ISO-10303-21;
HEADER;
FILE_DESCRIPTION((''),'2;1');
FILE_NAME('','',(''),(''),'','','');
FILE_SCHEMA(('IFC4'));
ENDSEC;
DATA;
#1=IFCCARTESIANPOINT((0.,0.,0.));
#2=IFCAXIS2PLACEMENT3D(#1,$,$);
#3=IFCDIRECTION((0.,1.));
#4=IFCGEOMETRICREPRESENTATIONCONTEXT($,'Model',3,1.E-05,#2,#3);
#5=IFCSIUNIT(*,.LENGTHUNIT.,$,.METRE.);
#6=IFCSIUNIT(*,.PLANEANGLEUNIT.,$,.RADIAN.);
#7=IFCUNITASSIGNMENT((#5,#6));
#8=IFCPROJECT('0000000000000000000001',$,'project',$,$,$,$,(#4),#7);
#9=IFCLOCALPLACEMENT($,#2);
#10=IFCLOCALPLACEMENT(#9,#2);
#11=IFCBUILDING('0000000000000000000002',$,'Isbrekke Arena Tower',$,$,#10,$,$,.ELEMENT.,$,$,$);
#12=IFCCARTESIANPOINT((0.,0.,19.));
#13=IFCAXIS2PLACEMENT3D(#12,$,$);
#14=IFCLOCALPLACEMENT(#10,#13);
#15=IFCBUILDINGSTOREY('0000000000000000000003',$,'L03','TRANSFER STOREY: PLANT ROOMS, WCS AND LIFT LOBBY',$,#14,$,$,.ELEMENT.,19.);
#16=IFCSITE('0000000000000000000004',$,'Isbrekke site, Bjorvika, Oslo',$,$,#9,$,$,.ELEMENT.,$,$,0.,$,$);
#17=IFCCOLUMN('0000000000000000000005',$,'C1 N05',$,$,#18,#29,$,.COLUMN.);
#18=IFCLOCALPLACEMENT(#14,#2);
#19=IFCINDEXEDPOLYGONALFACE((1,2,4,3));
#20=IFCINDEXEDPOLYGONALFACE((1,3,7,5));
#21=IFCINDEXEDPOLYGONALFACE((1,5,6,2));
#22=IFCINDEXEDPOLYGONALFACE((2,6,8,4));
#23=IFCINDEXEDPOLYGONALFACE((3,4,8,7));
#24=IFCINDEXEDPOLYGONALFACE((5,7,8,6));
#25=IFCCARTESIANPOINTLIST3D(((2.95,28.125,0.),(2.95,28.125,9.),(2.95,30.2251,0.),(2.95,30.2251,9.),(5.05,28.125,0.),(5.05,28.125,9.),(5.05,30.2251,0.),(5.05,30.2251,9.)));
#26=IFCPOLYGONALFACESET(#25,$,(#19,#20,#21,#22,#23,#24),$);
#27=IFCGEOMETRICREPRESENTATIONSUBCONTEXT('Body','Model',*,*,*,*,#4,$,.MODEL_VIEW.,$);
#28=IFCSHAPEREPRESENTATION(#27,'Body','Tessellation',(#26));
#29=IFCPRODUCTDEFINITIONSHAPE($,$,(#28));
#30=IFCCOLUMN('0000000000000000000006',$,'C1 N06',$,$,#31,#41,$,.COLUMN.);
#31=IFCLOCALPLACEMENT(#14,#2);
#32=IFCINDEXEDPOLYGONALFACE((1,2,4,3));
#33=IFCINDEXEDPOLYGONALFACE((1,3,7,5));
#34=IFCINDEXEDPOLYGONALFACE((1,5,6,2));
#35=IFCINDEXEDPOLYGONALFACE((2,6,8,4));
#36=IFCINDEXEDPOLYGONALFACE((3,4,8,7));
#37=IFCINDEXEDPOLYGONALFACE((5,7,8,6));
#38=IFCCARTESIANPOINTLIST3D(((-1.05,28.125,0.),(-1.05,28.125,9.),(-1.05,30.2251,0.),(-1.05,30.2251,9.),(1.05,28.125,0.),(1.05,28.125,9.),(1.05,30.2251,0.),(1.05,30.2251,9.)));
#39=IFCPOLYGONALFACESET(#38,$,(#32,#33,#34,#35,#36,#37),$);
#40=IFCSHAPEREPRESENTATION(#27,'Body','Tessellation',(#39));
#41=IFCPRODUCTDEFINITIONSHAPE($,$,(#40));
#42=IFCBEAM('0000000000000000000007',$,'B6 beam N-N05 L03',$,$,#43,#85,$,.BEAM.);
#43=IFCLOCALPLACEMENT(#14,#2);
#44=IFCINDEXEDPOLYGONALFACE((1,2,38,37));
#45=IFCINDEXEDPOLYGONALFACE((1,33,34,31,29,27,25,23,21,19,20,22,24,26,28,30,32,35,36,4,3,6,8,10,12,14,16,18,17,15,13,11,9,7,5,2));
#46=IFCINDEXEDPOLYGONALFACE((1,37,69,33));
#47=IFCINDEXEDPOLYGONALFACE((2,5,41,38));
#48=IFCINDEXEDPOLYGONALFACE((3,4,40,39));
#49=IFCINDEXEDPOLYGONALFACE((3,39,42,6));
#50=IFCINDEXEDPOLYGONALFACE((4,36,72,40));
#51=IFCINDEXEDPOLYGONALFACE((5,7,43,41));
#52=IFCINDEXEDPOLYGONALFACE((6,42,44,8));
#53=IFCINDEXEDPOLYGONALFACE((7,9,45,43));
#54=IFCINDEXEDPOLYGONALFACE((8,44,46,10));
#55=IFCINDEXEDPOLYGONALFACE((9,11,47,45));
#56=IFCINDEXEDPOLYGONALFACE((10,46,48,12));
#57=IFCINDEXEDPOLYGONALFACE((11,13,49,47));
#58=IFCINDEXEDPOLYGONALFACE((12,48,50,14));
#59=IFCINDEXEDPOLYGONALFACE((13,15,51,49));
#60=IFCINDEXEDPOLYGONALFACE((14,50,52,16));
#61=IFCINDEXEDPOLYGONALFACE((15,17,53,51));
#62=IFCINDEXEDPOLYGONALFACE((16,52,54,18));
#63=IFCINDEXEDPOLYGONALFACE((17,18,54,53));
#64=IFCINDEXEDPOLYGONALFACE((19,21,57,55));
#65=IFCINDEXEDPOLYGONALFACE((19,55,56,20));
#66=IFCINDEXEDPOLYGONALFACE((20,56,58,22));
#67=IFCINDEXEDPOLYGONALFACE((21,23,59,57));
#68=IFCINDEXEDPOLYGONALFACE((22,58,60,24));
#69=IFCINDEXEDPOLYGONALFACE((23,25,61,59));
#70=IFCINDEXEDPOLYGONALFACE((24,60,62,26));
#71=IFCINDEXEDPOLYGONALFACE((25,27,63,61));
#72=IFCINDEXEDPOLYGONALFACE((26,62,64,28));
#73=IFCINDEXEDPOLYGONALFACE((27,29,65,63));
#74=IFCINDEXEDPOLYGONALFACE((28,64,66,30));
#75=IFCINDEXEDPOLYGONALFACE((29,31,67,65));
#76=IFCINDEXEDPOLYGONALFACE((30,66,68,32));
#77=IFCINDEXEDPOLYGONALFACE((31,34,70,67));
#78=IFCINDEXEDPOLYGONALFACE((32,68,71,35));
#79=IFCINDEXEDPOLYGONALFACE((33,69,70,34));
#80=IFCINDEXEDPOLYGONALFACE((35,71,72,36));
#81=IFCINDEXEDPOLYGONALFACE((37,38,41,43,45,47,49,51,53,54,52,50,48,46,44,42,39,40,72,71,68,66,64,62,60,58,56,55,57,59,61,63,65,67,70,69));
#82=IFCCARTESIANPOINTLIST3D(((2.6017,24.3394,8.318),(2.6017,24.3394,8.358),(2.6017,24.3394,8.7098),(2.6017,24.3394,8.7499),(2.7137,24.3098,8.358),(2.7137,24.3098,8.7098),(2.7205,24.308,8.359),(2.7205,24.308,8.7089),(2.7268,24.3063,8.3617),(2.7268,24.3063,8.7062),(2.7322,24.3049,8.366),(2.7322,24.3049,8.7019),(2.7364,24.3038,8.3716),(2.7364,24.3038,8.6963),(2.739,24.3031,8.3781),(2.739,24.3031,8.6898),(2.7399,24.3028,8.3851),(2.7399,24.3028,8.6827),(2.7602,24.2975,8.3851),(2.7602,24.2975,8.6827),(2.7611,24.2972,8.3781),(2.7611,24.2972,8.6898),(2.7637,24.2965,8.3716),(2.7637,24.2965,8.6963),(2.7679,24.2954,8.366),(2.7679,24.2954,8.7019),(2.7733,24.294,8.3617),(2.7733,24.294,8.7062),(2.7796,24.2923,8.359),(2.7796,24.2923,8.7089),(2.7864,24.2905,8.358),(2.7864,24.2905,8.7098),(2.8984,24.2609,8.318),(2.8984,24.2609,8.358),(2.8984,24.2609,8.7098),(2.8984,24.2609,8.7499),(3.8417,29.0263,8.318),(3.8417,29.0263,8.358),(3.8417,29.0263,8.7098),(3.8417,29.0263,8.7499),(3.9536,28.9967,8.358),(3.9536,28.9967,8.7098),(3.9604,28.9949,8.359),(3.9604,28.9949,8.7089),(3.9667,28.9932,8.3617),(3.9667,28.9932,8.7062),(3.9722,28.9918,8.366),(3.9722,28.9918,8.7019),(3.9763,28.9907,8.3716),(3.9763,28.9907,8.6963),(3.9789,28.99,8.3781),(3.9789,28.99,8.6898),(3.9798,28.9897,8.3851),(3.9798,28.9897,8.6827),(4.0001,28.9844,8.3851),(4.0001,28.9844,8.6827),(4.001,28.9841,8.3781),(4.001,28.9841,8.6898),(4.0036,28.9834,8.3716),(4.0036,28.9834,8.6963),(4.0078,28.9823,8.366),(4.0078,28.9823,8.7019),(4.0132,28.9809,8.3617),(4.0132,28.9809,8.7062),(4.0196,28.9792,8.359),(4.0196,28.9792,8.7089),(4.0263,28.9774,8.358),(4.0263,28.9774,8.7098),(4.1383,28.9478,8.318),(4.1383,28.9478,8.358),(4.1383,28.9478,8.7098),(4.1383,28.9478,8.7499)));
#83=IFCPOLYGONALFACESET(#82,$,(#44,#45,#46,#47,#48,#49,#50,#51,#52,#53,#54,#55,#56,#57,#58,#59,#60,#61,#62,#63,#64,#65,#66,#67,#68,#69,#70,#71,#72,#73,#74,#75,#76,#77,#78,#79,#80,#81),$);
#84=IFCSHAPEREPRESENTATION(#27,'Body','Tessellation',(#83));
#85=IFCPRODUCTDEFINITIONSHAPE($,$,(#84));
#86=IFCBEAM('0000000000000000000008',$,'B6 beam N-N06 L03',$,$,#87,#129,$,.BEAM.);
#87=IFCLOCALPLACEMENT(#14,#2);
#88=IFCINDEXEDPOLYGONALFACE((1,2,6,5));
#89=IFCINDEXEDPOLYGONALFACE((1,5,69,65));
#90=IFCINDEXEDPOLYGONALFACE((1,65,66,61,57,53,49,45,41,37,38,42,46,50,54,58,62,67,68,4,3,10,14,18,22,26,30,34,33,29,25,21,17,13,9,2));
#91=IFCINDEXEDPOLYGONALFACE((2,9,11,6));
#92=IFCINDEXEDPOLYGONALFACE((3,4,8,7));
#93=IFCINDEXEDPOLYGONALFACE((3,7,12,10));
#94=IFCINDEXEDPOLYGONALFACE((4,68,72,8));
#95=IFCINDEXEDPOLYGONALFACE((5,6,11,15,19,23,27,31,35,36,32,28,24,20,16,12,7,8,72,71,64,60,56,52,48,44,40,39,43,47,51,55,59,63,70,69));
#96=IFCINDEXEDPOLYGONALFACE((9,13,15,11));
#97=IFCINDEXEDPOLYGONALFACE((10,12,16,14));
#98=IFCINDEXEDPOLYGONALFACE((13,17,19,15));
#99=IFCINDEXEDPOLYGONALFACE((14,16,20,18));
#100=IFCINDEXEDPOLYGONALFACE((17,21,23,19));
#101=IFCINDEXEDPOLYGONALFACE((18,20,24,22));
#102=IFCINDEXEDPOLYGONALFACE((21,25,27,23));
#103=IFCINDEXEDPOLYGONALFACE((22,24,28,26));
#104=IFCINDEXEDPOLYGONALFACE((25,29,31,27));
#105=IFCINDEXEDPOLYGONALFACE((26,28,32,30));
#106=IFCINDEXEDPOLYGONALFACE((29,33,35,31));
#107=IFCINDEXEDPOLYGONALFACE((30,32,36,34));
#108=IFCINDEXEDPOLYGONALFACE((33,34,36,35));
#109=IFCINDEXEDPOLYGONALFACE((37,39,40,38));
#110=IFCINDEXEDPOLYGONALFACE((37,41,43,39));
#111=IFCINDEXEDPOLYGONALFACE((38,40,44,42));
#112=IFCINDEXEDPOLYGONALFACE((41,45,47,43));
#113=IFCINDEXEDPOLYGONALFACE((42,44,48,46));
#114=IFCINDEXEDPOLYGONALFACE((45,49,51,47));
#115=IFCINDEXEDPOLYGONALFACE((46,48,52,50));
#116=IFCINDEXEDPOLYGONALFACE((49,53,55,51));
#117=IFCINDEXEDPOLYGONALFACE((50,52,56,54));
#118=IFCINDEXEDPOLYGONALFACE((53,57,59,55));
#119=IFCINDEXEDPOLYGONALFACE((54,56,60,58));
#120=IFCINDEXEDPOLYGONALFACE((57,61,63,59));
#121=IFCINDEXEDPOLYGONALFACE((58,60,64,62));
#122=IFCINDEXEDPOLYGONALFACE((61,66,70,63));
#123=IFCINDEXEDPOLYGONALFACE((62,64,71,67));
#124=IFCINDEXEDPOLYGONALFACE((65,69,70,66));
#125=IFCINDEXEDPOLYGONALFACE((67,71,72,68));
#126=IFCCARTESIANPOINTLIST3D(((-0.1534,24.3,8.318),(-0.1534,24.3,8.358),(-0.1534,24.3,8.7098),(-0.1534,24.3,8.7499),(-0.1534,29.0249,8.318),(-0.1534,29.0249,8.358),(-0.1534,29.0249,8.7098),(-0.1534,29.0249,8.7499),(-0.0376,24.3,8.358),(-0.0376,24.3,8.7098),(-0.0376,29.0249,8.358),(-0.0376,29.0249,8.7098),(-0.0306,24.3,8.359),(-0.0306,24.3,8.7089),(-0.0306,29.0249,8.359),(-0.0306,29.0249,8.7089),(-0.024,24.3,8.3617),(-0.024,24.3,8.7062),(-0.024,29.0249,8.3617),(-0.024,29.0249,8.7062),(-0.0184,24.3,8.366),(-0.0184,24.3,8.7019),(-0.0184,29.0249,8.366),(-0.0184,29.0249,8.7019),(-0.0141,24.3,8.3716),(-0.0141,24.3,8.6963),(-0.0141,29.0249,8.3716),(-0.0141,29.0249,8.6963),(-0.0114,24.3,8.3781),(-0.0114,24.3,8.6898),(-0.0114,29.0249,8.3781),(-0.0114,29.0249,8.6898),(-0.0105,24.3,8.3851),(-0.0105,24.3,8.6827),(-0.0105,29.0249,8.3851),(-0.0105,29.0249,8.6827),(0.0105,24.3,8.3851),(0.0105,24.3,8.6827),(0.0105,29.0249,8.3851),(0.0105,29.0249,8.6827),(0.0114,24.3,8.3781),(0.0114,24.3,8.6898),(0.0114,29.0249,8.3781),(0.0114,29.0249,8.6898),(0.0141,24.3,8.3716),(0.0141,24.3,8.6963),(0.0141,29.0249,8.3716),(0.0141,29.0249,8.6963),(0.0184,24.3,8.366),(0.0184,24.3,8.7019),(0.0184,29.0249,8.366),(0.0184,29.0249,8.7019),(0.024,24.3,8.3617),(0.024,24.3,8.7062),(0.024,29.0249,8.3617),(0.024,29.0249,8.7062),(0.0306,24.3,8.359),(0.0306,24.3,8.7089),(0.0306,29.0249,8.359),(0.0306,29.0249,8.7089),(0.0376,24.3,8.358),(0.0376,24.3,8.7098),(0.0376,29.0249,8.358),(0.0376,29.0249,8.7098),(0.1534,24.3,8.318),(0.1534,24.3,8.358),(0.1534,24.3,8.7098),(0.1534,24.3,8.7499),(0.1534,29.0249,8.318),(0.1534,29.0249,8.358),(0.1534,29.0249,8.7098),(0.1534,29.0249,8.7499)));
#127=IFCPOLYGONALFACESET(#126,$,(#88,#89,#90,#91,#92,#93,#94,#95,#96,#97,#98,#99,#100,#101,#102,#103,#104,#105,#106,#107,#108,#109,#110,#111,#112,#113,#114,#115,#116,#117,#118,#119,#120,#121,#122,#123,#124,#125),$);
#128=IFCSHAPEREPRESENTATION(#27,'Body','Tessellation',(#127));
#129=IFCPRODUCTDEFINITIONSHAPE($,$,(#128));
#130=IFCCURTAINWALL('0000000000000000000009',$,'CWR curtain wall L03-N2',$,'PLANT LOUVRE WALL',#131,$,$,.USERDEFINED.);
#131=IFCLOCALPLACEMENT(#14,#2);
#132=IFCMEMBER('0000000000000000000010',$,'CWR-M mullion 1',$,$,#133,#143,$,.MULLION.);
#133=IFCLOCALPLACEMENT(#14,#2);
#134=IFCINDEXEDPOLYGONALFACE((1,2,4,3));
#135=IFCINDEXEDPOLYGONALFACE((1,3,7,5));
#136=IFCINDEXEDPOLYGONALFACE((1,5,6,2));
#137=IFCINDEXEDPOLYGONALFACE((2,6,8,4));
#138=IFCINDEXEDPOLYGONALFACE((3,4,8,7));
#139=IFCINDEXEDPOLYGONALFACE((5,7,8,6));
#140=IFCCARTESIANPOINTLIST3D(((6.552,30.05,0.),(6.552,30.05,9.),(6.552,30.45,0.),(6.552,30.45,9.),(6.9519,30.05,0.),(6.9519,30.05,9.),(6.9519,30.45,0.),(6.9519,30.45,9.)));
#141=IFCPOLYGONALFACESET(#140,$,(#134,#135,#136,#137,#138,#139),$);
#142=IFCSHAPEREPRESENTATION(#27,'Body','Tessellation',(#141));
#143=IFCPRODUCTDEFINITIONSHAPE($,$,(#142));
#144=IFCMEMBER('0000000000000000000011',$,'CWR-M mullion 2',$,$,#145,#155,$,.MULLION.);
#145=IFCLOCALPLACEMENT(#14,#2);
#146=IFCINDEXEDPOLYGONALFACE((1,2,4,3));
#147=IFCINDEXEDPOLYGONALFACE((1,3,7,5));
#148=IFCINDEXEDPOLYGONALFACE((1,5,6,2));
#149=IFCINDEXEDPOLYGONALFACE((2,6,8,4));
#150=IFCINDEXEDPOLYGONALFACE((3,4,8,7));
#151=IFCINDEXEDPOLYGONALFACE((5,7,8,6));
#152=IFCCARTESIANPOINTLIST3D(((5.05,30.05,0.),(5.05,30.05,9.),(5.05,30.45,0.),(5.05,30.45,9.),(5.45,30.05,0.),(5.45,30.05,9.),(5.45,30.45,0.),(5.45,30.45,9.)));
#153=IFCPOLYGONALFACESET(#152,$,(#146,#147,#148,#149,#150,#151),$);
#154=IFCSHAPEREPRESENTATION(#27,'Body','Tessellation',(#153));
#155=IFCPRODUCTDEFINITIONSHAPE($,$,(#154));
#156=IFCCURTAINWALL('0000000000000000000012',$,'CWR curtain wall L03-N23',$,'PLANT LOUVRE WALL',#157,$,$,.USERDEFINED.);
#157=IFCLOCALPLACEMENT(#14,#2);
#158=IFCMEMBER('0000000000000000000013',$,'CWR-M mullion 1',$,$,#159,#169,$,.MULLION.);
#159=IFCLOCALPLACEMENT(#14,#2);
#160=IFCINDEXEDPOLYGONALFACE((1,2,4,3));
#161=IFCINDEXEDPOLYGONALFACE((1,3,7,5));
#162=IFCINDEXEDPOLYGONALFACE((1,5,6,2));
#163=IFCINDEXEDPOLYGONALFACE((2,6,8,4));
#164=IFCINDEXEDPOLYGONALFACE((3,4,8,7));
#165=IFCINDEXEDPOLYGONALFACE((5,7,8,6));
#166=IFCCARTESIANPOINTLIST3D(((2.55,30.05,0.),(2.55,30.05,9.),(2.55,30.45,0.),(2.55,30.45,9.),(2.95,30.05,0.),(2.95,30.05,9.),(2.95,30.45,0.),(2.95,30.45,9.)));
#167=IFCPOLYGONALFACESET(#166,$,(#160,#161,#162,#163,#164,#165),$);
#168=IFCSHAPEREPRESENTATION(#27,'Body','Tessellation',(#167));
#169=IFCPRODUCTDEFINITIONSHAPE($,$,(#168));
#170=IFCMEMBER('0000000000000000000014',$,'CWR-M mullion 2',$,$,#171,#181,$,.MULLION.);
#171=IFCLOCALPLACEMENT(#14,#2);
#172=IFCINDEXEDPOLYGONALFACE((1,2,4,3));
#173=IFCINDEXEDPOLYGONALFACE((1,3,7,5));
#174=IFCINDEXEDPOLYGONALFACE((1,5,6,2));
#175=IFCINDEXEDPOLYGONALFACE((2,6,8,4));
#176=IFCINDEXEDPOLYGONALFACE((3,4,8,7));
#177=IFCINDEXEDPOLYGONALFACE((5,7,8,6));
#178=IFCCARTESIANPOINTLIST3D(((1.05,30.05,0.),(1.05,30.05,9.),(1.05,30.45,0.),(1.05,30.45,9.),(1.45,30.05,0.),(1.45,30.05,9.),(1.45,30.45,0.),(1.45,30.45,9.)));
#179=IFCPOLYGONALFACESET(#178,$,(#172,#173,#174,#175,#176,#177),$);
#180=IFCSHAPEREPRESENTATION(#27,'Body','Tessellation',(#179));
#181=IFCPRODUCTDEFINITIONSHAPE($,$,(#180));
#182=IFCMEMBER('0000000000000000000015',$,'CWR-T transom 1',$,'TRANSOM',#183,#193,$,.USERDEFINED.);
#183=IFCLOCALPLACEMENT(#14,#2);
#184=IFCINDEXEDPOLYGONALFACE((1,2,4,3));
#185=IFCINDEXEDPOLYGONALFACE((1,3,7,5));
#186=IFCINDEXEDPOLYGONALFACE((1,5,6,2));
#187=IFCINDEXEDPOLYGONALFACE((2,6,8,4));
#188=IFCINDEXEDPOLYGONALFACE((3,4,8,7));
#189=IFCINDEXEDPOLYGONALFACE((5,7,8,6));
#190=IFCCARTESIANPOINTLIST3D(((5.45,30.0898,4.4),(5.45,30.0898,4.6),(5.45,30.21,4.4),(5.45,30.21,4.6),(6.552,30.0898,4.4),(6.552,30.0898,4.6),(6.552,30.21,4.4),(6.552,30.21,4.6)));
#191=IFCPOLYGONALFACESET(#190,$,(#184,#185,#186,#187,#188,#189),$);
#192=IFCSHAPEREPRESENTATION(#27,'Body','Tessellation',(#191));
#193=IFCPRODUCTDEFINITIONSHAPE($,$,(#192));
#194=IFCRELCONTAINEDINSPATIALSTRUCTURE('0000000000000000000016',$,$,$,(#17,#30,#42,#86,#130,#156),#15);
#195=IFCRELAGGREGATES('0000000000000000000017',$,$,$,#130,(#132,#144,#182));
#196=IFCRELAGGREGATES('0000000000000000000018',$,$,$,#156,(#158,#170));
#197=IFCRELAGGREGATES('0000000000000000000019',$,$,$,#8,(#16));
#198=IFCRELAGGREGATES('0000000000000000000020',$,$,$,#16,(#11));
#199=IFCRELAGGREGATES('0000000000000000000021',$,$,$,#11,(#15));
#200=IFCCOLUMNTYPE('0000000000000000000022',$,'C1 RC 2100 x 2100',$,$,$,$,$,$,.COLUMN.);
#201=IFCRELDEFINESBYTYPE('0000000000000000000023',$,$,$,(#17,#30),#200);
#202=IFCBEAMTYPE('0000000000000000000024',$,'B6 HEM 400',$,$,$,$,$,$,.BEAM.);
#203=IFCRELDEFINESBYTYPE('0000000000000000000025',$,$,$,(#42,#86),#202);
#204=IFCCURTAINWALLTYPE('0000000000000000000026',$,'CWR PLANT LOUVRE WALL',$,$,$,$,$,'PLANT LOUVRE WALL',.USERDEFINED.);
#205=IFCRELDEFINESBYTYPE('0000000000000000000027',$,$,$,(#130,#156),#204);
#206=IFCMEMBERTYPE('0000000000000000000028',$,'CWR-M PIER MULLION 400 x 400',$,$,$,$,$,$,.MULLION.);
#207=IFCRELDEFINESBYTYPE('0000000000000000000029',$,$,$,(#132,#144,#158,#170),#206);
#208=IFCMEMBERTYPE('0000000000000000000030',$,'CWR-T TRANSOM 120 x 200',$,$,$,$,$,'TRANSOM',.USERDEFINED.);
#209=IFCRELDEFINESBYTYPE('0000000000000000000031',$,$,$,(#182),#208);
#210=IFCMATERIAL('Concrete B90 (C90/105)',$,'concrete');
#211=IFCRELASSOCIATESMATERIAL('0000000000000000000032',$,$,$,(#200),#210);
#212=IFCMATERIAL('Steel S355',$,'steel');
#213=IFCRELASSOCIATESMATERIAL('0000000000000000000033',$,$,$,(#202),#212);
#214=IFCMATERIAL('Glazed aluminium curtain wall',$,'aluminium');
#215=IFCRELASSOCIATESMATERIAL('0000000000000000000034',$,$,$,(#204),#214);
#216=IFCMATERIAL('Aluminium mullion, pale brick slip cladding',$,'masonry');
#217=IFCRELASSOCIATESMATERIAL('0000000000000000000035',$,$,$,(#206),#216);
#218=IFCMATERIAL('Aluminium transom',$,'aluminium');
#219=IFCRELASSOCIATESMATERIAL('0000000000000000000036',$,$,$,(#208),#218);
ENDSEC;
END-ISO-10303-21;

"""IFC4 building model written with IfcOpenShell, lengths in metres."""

from ifc_helpers import new_model, si_unit, direction, frame, origin, origin_2d, place, context, subcontext, project, spatial, rectangle, i_section, extrude, material, material_profile, profile_set, type_object, element, aggregate, save


model = new_model("IFC4")

# Units and contexts
model_context = context("Model", 3, precision=1e-05, world=origin(), true_north=direction((0.0, 1.0)))
body_context = subcontext(model_context, "Body", "Model", "MODEL_VIEW")
ifc_project = project(units=[si_unit("LENGTHUNIT", "METRE"), si_unit("PLANEANGLEUNIT", "RADIAN")], contexts=[model_context])

# Site, building, storey
site_placement = place(None, origin())
site = spatial("IfcSite", under=ifc_project, at=site_placement, Name="Isbrekke site, Bjorvika, Oslo", CompositionType="ELEMENT", RefElevation=0.0)
building_placement = place(site_placement, origin())
building = spatial("IfcBuilding", under=site, at=building_placement, Name="Isbrekke Arena Tower", CompositionType="ELEMENT")
storey_placement = place(building_placement, frame((0.0, 0.0, 19.0)))
storey = spatial("IfcBuildingStorey", under=building, at=storey_placement, Name="L03", Description="TRANSFER STOREY: PLANT ROOMS, WCS AND LIFT LOBBY", CompositionType="ELEMENT", Elevation=19.0)

# Columns
ifc_material_1 = material(Name="Concrete B90 (C90/105)", Category="concrete")
ifc_material_profile_1 = material_profile(ifc_material_1, rectangle(XDim=2.1001, YDim=2.1001, at=origin_2d()), Name="RC 2100x2100")
ifc_profile_set_1 = profile_set([ifc_material_profile_1], Name="Concrete B90 (C90/105)")
column_type = type_object("IfcColumnType", Name="C1 RC 2100 x 2100", PredefinedType="COLUMN", material=ifc_profile_set_1)
for number, where, z_axis, x_axis, name in (
    (1, (4.0, 29.175, 0.0), (0.0, 0.0, 1.0), (-1.0, 0.0, 0.0), "C1 N05"),
    (2, (0.0, 29.175, 0.0), (0.0, 0.0, 1.0), (-1.0, 0.0, 0.0), "C1 N06"),
):
    element("IfcColumn", number, at=place(storey_placement, frame(where, z_axis=z_axis, x_axis=x_axis)), inside=storey, type_object=column_type, Name=name, PredefinedType="COLUMN", context=body_context, shape_type="SweptSolid", body=[
        extrude(rectangle(XDim=2.1001, YDim=2.1001, at=origin_2d()), origin(), (0.0, 0.0, 1.0), 9.0),
    ])

# Beams
ifc_material_2 = material(Name="Steel S355", Category="steel")
ifc_material_profile_2 = material_profile(ifc_material_2, i_section(OverallWidth=0.3069, OverallDepth=0.4319, WebThickness=0.021, FlangeThickness=0.04, FilletRadius=0.0271, at=origin_2d()), Name="HEM 400")
ifc_profile_set_2 = profile_set([ifc_material_profile_2], Name="Steel S355")
beam_type_1 = type_object("IfcBeamType", Name="B6 HEM 400", PredefinedType="BEAM", material=ifc_profile_set_2)
beam_1_placement = place(storey_placement, frame((3.99, 28.9871, 8.5339), z_axis=(-0.25576, -0.96674, 0.0), x_axis=(0.96674, -0.25576, 0.0)))
element("IfcBeam", 3, at=beam_1_placement, inside=storey, type_object=beam_type_1, Name="B6 beam N-N05 L03", PredefinedType="BEAM", context=body_context, shape_type="SweptSolid", body=[
    extrude(i_section(OverallWidth=0.3069, OverallDepth=0.4319, WebThickness=0.021, FlangeThickness=0.04, FilletRadius=0.0271, at=origin_2d()), origin(), (0.0, 0.0, 1.0), 4.8481),
])
beam_2_placement = place(storey_placement, frame((0.0, 29.0249, 8.5339), z_axis=(0.0, -1.0, 0.0), x_axis=(1.0, 0.0, 0.0)))
element("IfcBeam", 4, at=beam_2_placement, inside=storey, type_object=beam_type_1, Name="B6 beam N-N06 L03", PredefinedType="BEAM", context=body_context, shape_type="SweptSolid", body=[
    extrude(i_section(OverallWidth=0.3069, OverallDepth=0.4319, WebThickness=0.021, FlangeThickness=0.04, FilletRadius=0.0271, at=origin_2d()), origin(), (0.0, 0.0, 1.0), 4.7249),
])

# Curtain walls, members
ifc_material_3 = material(Name="Glazed aluminium curtain wall", Category="aluminium")
curtain_wall_type = type_object("IfcCurtainWallType", Name="CWR PLANT LOUVRE WALL", ElementType="PLANT LOUVRE WALL", PredefinedType="USERDEFINED", material=ifc_material_3)
curtain_wall_1_placement = place(storey_placement, origin())
curtain_wall_1 = element("IfcCurtainWall", 5, at=curtain_wall_1_placement, inside=storey, type_object=curtain_wall_type, Name="CWR curtain wall L03-N2", ObjectType="PLANT LOUVRE WALL", PredefinedType="USERDEFINED")
ifc_material_4 = material(Name="Aluminium mullion, pale brick slip cladding", Category="masonry")
ifc_material_profile_3 = material_profile(ifc_material_4, rectangle(XDim=0.3999, YDim=0.3999, at=origin_2d()), Name="PIER 400X400")
ifc_profile_set_3 = profile_set([ifc_material_profile_3], Name="Aluminium mullion, pale brick slip cladding")
member_type_1 = type_object("IfcMemberType", Name="CWR-M PIER MULLION 400 x 400", PredefinedType="MULLION", material=ifc_profile_set_3)
member_1_placement = place(storey_placement, frame((6.752, 30.25, 0.0), z_axis=(0.0, 0.0, 1.0), x_axis=(-1.0, 0.0, 0.0)))
member_1 = element("IfcMember", 6, at=member_1_placement, type_object=member_type_1, Name="CWR-M mullion 1", PredefinedType="MULLION", context=body_context, shape_type="SweptSolid", body=[
    extrude(rectangle(XDim=0.3999, YDim=0.3999, at=origin_2d()), origin(), (0.0, 0.0, 1.0), 9.0),
])
member_2_placement = place(storey_placement, frame((5.25, 30.25, 0.0), z_axis=(0.0, 0.0, 1.0), x_axis=(-1.0, 0.0, 0.0)))
member_2 = element("IfcMember", 7, at=member_2_placement, type_object=member_type_1, Name="CWR-M mullion 2", PredefinedType="MULLION", context=body_context, shape_type="SweptSolid", body=[
    extrude(rectangle(XDim=0.3999, YDim=0.3999, at=origin_2d()), origin(), (0.0, 0.0, 1.0), 9.0),
])
curtain_wall_2_placement = place(storey_placement, origin())
curtain_wall_2 = element("IfcCurtainWall", 8, at=curtain_wall_2_placement, inside=storey, type_object=curtain_wall_type, Name="CWR curtain wall L03-N23", ObjectType="PLANT LOUVRE WALL", PredefinedType="USERDEFINED")
member_3_placement = place(storey_placement, frame((2.75, 30.25, 0.0), z_axis=(0.0, 0.0, 1.0), x_axis=(-1.0, 0.0, 0.0)))
member_3 = element("IfcMember", 9, at=member_3_placement, type_object=member_type_1, Name="CWR-M mullion 1", PredefinedType="MULLION", context=body_context, shape_type="SweptSolid", body=[
    extrude(rectangle(XDim=0.3999, YDim=0.3999, at=origin_2d()), origin(), (0.0, 0.0, 1.0), 9.0),
])
member_4_placement = place(storey_placement, frame((1.25, 30.25, 0.0), z_axis=(0.0, 0.0, 1.0), x_axis=(-1.0, 0.0, 0.0)))
member_4 = element("IfcMember", 10, at=member_4_placement, type_object=member_type_1, Name="CWR-M mullion 2", PredefinedType="MULLION", context=body_context, shape_type="SweptSolid", body=[
    extrude(rectangle(XDim=0.3999, YDim=0.3999, at=origin_2d()), origin(), (0.0, 0.0, 1.0), 9.0),
])

# Member
ifc_material_5 = material(Name="Aluminium transom", Category="aluminium")
ifc_material_profile_4 = material_profile(ifc_material_5, rectangle(XDim=0.1201, YDim=0.2, at=origin_2d()), Name="TRANSOM 120X200")
ifc_profile_set_4 = profile_set([ifc_material_profile_4], Name="Aluminium transom")
member_type_2 = type_object("IfcMemberType", Name="CWR-T TRANSOM 120 x 200", ElementType="TRANSOM", PredefinedType="USERDEFINED", material=ifc_profile_set_4)
member_5_placement = place(storey_placement, frame((6.552, 30.1499, 4.5), z_axis=(-1.0, 0.0, 0.0), x_axis=(0.0, -1.0, 0.0)))
member_5 = element("IfcMember", 11, at=member_5_placement, type_object=member_type_2, Name="CWR-T transom 1", ObjectType="TRANSOM", PredefinedType="USERDEFINED", context=body_context, shape_type="SweptSolid", body=[
    extrude(rectangle(XDim=0.1201, YDim=0.2, at=origin_2d()), origin(), (0.0, 0.0, 1.0), 1.1021),
])

aggregate(curtain_wall_1, [member_1, member_2, member_5])
aggregate(curtain_wall_2, [member_3, member_4])

save(model, "model.ifc")
